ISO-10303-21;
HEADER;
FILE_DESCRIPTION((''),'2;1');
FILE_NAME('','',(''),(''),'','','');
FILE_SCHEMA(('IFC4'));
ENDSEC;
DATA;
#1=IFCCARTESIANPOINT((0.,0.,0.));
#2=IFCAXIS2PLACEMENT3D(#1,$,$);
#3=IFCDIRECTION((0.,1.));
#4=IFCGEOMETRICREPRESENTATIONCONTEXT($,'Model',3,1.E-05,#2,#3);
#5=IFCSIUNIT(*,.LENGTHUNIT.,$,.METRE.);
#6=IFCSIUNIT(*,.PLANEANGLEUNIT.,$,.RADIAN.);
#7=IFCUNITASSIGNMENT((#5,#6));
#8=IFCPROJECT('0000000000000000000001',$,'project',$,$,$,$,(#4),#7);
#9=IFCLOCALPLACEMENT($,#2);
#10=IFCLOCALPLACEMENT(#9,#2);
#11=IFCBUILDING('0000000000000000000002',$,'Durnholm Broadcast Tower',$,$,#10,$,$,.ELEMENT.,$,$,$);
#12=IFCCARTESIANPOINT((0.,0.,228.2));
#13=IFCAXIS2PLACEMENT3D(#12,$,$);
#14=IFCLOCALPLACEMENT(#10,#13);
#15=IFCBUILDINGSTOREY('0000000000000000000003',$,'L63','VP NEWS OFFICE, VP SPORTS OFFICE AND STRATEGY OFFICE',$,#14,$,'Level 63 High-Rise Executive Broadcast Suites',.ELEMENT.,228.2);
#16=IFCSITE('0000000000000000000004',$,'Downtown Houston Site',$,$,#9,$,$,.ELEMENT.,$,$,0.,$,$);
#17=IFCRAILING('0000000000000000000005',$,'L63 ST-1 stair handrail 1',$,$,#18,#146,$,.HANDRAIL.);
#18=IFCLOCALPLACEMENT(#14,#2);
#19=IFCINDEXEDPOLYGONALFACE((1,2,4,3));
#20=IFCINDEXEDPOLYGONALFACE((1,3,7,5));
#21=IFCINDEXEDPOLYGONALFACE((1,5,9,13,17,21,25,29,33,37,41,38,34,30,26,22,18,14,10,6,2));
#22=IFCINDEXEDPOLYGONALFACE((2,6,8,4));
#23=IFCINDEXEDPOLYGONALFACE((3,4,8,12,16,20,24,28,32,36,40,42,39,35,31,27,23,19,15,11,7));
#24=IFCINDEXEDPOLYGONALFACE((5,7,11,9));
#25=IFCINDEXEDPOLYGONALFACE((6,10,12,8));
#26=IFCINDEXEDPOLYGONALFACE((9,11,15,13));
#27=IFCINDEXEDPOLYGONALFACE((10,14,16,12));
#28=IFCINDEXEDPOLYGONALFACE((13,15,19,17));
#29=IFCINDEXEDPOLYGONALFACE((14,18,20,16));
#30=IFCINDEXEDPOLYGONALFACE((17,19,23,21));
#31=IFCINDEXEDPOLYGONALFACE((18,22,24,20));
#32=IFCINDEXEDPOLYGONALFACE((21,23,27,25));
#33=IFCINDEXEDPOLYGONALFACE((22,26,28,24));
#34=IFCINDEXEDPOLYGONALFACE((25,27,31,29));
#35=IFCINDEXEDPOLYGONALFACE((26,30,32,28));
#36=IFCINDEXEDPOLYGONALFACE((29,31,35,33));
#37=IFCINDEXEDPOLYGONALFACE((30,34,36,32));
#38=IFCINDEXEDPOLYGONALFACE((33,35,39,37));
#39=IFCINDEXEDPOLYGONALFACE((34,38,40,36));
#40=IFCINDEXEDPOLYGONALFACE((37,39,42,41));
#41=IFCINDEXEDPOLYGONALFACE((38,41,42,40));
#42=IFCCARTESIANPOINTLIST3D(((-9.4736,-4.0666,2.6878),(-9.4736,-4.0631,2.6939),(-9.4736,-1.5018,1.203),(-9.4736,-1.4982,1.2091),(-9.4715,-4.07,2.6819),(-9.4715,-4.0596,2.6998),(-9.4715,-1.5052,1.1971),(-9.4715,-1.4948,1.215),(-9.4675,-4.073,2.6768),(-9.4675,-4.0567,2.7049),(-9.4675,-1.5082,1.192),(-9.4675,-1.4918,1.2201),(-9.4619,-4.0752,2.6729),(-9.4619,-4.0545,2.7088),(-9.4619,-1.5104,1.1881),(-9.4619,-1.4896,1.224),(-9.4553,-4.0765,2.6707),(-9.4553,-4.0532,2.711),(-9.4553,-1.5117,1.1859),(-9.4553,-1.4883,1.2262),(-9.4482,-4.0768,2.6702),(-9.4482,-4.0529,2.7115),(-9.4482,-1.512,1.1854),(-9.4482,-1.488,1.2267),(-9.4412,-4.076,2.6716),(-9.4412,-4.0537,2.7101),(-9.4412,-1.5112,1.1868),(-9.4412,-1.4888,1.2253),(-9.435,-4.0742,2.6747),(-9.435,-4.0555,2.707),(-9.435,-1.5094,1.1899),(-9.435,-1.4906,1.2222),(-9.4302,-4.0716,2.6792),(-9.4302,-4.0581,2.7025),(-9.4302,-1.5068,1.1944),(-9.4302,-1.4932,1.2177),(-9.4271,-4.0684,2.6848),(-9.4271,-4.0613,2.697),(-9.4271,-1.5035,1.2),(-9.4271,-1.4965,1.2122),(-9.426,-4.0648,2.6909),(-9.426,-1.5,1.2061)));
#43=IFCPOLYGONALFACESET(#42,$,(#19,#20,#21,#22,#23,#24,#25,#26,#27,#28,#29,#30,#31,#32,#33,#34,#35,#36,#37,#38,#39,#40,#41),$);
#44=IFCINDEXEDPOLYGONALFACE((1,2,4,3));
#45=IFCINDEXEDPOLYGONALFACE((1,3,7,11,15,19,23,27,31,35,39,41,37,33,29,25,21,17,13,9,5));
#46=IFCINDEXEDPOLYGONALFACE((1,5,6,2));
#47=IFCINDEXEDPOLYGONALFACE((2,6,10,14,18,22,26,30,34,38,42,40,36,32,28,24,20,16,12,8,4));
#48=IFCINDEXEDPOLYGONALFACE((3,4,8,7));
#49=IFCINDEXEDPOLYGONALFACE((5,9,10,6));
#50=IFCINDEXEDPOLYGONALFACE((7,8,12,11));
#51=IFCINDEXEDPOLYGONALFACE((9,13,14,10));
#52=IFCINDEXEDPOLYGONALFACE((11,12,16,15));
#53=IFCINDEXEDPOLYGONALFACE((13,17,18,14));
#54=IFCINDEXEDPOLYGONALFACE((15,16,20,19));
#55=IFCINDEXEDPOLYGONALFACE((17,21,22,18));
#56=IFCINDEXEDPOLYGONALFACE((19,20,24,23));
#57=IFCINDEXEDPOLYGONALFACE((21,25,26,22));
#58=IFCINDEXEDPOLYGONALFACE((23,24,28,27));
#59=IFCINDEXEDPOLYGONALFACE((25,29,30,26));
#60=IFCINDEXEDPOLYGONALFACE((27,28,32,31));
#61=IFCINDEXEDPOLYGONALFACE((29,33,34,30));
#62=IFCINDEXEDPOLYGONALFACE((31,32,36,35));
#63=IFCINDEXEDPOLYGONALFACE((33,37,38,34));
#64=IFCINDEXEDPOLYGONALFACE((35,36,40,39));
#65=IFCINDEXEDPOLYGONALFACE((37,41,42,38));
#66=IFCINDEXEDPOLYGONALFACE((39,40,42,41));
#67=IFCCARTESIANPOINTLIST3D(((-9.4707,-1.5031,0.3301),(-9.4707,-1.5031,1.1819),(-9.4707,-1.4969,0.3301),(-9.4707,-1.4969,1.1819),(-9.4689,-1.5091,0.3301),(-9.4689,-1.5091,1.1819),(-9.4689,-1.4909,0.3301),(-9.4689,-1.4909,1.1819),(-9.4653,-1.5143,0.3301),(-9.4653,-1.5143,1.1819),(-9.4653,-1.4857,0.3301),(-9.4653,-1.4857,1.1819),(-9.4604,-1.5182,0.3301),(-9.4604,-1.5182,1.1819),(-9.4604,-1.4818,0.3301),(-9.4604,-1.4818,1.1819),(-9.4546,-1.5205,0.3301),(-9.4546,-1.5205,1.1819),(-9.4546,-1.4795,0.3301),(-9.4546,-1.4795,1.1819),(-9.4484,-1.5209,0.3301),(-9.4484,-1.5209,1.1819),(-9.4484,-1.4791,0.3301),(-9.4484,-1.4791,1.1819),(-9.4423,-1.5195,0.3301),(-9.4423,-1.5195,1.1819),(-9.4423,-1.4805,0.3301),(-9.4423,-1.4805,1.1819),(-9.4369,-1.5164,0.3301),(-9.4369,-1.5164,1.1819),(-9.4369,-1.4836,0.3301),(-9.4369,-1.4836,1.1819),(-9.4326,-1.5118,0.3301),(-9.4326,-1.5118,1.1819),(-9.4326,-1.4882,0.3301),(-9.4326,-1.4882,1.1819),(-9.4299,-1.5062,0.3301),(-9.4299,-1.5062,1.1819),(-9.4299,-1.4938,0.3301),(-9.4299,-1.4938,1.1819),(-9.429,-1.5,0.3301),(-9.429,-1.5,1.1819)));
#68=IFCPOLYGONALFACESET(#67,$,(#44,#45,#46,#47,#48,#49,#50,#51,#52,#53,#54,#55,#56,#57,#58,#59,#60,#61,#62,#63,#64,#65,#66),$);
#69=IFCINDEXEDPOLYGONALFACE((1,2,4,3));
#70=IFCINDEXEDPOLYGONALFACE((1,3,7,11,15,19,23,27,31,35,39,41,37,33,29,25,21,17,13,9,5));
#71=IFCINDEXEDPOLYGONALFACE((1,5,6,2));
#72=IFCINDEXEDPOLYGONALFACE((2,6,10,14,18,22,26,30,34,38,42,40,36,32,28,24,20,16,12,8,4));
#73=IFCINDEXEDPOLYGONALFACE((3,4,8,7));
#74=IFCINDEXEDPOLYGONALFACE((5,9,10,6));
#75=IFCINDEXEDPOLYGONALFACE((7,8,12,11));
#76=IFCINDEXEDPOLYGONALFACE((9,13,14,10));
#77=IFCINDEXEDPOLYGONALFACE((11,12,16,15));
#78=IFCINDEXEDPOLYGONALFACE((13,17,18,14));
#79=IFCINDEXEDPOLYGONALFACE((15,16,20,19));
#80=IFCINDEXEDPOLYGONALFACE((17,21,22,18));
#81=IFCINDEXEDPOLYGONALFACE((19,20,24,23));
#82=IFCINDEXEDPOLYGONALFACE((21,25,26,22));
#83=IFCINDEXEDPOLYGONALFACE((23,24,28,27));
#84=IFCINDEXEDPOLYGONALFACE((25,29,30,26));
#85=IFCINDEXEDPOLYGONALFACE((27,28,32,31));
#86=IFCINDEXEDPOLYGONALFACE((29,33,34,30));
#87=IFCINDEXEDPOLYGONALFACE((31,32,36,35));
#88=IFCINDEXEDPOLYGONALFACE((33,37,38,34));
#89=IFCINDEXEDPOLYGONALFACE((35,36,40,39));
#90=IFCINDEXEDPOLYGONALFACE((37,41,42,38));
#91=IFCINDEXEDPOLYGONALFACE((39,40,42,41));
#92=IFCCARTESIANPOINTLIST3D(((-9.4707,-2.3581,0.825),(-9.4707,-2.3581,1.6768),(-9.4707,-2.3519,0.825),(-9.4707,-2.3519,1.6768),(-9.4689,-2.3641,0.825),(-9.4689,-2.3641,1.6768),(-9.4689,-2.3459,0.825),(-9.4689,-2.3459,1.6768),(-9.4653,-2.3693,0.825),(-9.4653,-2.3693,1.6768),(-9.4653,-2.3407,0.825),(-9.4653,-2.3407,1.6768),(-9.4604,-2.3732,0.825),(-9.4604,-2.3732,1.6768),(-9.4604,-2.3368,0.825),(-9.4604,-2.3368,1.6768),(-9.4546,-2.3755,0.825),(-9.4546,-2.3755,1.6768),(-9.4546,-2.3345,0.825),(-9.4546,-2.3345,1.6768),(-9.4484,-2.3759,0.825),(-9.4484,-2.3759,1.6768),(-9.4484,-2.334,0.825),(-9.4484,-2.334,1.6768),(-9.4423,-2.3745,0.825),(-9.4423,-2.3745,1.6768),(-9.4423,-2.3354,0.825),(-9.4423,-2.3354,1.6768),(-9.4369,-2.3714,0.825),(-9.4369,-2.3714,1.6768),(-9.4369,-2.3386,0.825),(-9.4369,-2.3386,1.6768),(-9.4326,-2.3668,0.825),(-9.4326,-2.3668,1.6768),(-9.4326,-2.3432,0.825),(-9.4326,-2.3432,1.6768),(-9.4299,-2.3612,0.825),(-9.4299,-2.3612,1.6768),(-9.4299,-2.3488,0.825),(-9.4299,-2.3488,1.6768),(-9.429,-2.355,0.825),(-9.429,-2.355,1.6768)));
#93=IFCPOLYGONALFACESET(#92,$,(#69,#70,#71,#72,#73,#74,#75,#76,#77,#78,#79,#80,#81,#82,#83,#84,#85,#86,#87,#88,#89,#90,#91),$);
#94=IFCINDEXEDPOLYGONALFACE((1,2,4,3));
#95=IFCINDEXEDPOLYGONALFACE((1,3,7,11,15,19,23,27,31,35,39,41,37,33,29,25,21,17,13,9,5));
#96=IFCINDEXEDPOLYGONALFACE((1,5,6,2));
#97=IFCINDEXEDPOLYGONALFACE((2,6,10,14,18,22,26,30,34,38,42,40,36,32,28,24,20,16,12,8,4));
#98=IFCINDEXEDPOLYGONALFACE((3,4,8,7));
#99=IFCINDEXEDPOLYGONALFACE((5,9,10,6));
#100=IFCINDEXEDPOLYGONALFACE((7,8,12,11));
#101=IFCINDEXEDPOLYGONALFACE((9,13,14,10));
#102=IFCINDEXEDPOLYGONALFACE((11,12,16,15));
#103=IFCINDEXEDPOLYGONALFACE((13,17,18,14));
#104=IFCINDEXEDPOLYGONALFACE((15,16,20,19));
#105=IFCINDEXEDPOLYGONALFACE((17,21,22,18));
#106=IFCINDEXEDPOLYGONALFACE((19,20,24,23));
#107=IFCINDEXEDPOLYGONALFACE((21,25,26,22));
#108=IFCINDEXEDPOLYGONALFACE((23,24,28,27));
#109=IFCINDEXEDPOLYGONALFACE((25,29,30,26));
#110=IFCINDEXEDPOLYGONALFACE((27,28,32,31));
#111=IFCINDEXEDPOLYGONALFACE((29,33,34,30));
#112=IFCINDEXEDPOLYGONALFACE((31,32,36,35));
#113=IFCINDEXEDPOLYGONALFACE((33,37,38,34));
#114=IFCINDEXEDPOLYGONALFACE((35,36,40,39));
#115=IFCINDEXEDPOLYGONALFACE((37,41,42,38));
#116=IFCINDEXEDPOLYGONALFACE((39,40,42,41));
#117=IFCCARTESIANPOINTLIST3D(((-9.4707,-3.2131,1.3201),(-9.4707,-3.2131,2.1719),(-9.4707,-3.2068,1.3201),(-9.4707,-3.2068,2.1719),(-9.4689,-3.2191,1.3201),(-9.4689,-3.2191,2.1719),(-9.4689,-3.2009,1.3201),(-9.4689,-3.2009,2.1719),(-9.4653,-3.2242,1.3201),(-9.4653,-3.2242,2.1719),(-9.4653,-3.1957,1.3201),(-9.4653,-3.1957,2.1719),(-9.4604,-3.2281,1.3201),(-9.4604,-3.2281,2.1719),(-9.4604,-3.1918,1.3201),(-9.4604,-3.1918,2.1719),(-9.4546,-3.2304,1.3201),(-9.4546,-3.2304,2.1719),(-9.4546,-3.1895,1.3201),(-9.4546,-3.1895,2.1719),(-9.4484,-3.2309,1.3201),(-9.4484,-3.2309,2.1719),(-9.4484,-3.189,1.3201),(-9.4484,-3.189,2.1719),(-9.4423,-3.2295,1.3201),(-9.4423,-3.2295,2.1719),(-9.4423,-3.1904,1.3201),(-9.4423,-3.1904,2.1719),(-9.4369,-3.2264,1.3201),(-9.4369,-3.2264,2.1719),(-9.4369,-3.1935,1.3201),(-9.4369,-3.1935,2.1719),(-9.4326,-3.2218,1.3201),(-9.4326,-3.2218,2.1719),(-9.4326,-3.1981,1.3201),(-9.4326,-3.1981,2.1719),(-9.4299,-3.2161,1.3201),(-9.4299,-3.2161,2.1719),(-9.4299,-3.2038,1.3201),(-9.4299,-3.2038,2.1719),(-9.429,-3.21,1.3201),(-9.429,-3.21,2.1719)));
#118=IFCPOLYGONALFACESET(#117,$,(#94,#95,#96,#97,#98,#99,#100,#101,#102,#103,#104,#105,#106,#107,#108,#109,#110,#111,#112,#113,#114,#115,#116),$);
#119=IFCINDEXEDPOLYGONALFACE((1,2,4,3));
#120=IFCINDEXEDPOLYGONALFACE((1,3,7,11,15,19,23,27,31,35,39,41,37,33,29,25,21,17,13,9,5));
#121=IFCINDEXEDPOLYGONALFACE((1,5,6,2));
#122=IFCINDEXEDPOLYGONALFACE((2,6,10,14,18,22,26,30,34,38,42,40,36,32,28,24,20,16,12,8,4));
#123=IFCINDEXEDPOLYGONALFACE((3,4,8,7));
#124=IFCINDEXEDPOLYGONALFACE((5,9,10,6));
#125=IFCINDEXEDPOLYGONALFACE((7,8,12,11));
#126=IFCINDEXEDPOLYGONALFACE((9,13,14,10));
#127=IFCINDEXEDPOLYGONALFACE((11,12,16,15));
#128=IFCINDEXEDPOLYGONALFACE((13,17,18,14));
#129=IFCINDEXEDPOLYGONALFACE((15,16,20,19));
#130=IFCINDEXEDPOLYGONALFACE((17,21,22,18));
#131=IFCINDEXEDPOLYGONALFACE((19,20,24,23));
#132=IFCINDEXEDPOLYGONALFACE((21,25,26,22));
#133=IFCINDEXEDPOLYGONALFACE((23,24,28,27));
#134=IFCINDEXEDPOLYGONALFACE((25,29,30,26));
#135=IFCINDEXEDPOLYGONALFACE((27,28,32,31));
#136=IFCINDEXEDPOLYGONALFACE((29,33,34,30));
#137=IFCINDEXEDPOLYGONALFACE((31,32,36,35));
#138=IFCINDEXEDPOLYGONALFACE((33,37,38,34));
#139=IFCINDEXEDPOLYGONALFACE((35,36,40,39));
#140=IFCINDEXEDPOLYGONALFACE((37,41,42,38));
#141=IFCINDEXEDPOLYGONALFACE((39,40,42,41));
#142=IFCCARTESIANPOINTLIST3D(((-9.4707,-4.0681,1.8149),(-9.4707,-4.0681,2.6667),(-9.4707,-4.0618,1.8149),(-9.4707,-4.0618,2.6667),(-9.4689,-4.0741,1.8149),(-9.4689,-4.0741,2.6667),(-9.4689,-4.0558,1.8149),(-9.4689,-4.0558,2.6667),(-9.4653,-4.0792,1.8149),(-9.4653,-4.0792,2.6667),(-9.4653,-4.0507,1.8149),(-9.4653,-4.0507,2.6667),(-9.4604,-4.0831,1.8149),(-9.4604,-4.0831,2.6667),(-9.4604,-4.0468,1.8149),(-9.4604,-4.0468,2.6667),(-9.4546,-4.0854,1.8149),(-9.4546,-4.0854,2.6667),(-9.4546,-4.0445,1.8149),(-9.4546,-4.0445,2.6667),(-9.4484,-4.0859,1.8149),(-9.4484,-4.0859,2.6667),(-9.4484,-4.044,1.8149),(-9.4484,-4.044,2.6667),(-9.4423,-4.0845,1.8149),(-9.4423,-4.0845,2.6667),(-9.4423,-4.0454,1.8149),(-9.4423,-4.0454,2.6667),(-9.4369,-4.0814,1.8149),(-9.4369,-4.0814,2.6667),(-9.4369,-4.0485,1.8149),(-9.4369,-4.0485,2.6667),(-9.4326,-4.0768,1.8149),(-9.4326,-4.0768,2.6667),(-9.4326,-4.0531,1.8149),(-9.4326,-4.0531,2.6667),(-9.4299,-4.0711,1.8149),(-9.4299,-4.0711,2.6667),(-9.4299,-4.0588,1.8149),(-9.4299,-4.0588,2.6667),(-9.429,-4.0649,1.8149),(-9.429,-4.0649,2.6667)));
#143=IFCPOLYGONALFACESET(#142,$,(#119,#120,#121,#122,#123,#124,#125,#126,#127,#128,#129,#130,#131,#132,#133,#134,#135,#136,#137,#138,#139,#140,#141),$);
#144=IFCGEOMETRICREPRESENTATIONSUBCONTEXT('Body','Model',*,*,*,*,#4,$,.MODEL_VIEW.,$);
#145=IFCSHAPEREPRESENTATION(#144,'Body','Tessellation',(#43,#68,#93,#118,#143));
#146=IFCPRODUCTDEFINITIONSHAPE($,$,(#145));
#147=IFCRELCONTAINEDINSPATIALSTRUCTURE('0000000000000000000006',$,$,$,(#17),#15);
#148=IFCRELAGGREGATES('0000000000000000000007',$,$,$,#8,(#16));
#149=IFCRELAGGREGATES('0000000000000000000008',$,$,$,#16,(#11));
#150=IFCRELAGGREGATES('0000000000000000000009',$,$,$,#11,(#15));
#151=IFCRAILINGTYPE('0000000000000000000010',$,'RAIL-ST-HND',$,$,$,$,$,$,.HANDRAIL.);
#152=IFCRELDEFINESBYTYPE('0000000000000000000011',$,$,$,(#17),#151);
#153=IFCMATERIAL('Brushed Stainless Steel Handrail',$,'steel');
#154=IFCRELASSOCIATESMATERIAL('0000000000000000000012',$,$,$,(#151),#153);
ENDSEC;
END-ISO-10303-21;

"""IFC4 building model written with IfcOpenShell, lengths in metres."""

from ifc_helpers import new_model, si_unit, direction, frame, origin, origin_2d, place, context, subcontext, project, spatial, circle, extrude, material, type_object, element, save


model = new_model("IFC4")

# Units and contexts
model_context = context("Model", 3, precision=1e-05, world=origin(), true_north=direction((0.0, 1.0)))
body_context = subcontext(model_context, "Body", "Model", "MODEL_VIEW")
ifc_project = project(units=[si_unit("LENGTHUNIT", "METRE"), si_unit("PLANEANGLEUNIT", "RADIAN")], contexts=[model_context])

# Site, building, storey
site_placement = place(None, origin())
site = spatial("IfcSite", under=ifc_project, at=site_placement, Name="Downtown Houston Site", CompositionType="ELEMENT", RefElevation=0.0)
building_placement = place(site_placement, origin())
building = spatial("IfcBuilding", under=site, at=building_placement, Name="Durnholm Broadcast Tower", CompositionType="ELEMENT")
storey_placement = place(building_placement, frame((0.0, 0.0, 228.2)))
storey = spatial("IfcBuildingStorey", under=building, at=storey_placement, Name="L63", Description="VP NEWS OFFICE, VP SPORTS OFFICE AND STRATEGY OFFICE", LongName="Level 63 High-Rise Executive Broadcast Suites", CompositionType="ELEMENT", Elevation=228.2)

# Railing
ifc_material_1 = material(Name="Brushed Stainless Steel Handrail", Category="steel")
railing_type_1 = type_object("IfcRailingType", Name="RAIL-ST-HND", PredefinedType="HANDRAIL", material=ifc_material_1)
railing_1_placement = place(storey_placement, frame((-9.45, -1.5, 0.3301)))
element("IfcRailing", 1, at=railing_1_placement, inside=storey, type_object=railing_type_1, Name="L63 ST-1 stair handrail 1", PredefinedType="HANDRAIL", context=body_context, shape_type="SweptSolid", body=[
    extrude(circle(Radius=0.0239, at=origin_2d()), frame((0.0, 0.0, 0.876), z_axis=(0.0, -0.865441, 0.50101), x_axis=(1.0, 0.0, 0.0)), (0.0, 0.0, 1.0), 2.9636),
    extrude(circle(Radius=0.021, at=origin_2d()), origin(), (0.0, 0.0, 1.0), 0.8518),
    extrude(circle(Radius=0.021, at=origin_2d()), frame((0.0, -0.855, 0.4949)), (0.0, 0.0, 1.0), 0.8518),
    extrude(circle(Radius=0.021, at=origin_2d()), frame((0.0, -1.71, 0.99)), (0.0, 0.0, 1.0), 0.8518),
    extrude(circle(Radius=0.021, at=origin_2d()), frame((0.0, -2.5649, 1.4849)), (0.0, 0.0, 1.0), 0.8518),
])

save(model, "model.ifc")
